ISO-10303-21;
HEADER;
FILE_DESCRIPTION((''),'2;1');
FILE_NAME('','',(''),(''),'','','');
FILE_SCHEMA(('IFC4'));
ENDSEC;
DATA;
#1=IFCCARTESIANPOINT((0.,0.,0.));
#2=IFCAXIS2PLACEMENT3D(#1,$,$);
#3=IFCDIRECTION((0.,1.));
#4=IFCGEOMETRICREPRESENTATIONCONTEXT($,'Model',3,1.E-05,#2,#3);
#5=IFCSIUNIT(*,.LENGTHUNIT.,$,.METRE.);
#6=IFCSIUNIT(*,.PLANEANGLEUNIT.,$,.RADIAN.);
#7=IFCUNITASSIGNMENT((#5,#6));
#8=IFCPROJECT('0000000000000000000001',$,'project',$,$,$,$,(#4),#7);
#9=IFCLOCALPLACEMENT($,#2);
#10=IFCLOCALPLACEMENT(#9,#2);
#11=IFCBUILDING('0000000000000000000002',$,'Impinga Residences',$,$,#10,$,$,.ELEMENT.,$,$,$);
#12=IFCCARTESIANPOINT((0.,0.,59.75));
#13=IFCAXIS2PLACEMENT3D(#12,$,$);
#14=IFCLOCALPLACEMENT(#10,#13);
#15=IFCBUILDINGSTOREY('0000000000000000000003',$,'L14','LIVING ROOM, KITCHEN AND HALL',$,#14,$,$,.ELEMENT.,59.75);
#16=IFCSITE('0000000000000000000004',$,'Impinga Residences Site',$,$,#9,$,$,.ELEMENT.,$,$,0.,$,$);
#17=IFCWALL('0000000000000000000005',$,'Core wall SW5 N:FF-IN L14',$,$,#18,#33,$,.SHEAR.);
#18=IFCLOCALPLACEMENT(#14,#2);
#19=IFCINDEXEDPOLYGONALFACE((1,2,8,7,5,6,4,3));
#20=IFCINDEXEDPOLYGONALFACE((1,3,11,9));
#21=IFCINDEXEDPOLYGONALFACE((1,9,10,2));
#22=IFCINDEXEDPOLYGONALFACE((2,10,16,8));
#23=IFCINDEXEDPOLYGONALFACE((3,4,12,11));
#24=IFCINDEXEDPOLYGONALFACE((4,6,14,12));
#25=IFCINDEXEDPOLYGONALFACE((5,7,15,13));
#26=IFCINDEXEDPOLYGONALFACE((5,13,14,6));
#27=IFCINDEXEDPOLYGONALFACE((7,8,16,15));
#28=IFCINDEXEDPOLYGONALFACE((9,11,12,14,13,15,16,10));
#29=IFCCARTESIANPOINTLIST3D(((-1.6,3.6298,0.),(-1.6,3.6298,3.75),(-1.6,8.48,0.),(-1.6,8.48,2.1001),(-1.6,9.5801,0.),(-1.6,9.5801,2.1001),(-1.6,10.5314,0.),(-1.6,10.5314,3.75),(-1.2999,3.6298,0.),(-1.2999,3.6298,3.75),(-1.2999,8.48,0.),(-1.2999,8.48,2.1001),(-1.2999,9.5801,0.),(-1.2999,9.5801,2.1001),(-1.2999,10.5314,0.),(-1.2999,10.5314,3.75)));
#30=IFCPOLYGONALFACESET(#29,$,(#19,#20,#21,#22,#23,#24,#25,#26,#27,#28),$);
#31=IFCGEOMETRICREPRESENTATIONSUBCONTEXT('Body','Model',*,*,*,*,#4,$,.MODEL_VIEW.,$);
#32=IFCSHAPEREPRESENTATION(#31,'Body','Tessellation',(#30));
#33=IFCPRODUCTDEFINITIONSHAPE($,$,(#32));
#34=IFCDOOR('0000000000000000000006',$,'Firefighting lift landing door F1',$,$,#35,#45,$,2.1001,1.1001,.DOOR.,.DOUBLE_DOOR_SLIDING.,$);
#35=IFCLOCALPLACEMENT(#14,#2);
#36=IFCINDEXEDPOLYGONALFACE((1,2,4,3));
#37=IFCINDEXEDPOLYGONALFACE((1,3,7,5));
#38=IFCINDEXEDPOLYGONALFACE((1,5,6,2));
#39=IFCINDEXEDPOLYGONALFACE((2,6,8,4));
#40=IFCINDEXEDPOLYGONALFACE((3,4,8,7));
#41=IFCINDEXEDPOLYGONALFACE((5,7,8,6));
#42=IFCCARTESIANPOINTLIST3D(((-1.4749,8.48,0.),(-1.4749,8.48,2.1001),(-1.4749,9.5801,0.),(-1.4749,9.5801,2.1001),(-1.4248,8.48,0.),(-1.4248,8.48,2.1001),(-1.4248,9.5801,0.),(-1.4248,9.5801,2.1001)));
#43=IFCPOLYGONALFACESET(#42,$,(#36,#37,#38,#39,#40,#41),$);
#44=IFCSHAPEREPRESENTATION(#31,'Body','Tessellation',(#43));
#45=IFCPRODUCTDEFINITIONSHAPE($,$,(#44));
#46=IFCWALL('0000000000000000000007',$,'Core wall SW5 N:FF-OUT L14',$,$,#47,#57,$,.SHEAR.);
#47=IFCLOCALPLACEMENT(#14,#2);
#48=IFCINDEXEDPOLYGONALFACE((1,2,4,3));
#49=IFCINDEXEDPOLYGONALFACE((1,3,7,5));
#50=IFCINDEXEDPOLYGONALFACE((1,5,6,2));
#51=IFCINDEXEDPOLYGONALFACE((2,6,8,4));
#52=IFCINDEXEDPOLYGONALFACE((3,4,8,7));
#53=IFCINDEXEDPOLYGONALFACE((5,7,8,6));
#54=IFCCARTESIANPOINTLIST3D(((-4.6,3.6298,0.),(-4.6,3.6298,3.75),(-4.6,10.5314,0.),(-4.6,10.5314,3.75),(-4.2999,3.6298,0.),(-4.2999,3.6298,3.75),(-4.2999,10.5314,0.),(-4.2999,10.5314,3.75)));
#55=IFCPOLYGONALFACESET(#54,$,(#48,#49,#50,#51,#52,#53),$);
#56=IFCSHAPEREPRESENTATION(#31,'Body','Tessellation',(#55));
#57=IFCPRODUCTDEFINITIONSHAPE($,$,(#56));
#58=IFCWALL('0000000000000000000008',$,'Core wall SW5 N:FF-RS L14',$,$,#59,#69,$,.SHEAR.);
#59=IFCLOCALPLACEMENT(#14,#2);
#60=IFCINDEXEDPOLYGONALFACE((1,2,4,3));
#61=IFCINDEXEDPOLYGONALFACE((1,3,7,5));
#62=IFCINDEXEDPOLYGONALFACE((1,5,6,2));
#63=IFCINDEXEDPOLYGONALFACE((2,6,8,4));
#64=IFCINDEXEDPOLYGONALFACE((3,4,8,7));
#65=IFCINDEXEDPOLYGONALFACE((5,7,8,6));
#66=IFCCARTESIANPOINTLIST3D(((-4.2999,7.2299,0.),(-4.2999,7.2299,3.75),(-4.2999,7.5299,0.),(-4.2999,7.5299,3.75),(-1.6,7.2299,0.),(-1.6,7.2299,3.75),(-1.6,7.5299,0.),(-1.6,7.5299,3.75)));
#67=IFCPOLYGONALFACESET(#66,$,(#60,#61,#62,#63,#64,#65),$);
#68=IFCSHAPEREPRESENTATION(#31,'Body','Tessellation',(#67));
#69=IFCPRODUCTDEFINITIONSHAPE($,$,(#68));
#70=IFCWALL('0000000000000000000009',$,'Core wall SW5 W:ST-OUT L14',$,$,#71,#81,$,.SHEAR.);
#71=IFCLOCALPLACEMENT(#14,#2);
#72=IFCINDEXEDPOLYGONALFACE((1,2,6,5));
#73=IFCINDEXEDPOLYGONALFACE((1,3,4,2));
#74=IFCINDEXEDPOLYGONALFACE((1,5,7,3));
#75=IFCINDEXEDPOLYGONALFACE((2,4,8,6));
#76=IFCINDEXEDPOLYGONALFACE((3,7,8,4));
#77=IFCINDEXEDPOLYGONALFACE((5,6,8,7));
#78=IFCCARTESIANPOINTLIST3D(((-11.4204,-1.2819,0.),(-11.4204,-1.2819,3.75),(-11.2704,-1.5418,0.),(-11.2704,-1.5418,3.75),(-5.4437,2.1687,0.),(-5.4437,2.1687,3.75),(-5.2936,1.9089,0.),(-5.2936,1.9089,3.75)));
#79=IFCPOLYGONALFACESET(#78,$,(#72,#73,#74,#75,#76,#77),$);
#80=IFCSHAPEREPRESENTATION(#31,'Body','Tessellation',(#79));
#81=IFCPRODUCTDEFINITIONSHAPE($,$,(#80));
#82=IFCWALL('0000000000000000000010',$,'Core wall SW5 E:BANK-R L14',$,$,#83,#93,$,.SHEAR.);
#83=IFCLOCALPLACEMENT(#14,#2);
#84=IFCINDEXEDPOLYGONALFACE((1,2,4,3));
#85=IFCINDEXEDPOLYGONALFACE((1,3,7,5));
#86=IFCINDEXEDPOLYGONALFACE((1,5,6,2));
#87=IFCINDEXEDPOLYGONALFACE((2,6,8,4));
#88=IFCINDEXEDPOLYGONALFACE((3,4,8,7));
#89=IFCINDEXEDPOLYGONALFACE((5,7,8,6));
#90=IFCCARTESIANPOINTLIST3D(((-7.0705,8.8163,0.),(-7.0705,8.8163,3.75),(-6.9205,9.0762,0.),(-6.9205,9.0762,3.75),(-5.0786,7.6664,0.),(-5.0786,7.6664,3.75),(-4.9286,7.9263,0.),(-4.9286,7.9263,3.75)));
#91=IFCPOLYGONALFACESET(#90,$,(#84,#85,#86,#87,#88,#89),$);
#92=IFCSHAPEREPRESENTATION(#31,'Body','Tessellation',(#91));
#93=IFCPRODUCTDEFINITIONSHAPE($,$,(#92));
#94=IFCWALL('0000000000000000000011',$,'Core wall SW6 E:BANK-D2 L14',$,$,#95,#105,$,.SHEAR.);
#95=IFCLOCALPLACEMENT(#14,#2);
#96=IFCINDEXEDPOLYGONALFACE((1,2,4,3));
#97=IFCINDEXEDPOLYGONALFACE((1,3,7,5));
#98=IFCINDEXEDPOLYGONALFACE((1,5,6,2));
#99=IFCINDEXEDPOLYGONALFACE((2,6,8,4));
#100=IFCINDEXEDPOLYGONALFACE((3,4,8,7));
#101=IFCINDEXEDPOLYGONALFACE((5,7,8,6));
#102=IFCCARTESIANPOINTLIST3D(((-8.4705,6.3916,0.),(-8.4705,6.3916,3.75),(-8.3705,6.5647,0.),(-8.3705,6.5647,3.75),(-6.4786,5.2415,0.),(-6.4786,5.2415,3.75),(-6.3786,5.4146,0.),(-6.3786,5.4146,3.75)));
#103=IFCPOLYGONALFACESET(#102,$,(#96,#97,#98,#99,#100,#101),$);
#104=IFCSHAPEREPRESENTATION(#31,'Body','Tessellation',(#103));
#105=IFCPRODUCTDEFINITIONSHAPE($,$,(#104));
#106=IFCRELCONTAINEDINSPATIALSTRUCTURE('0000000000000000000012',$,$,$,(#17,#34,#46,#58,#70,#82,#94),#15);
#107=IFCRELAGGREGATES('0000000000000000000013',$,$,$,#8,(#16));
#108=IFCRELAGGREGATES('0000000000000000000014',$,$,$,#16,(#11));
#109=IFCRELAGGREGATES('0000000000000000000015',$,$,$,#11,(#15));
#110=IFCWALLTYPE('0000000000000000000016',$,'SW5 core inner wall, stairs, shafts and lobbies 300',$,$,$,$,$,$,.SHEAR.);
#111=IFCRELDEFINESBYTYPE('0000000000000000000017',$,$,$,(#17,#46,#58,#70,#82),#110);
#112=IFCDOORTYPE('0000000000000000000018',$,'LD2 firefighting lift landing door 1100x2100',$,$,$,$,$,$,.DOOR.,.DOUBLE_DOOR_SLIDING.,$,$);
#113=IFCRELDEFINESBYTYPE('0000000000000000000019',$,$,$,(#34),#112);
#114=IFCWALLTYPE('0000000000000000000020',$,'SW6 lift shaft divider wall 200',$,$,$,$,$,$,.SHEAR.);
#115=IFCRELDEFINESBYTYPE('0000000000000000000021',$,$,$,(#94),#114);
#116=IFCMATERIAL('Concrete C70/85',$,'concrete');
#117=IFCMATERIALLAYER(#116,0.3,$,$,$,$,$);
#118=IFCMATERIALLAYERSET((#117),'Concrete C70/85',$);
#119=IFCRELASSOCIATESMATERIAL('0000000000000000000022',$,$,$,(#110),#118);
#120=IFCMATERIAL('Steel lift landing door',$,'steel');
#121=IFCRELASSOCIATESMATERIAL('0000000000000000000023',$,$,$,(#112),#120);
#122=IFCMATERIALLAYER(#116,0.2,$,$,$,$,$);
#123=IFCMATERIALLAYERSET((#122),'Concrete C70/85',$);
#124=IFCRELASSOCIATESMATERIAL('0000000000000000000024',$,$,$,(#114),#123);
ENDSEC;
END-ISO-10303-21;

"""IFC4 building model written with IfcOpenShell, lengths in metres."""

from ifc_helpers import new_model, si_unit, direction, frame, frame_2d, origin, place, context, subcontext, project, spatial, rectangle, extrude, material, layer, layer_set, type_object, element, fill, save


model = new_model("IFC4")

# Units and contexts
model_context = context("Model", 3, precision=1e-05, world=origin(), true_north=direction((0.0, 1.0)))
body_context = subcontext(model_context, "Body", "Model", "MODEL_VIEW")
ifc_project = project(units=[si_unit("LENGTHUNIT", "METRE"), si_unit("PLANEANGLEUNIT", "RADIAN")], contexts=[model_context])

# Site, building, storey
site_placement = place(None, origin())
site = spatial("IfcSite", under=ifc_project, at=site_placement, Name="Impinga Residences Site", CompositionType="ELEMENT", RefElevation=0.0)
building_placement = place(site_placement, origin())
building = spatial("IfcBuilding", under=site, at=building_placement, Name="Impinga Residences", CompositionType="ELEMENT")
storey_placement = place(building_placement, frame((0.0, 0.0, 59.75)))
storey = spatial("IfcBuildingStorey", under=building, at=storey_placement, Name="L14", Description="LIVING ROOM, KITCHEN AND HALL", CompositionType="ELEMENT", Elevation=59.75)

# Shared definitions
ifc_material_1 = material(Name="Concrete C70/85", Category="concrete")

# Shared definitions
ifc_layer_1 = layer(ifc_material_1, 0.3)
ifc_layer_set_1 = layer_set([ifc_layer_1], Name="Concrete C70/85")
wall_type_1 = type_object("IfcWallType", Name="SW5 core inner wall, stairs, shafts and lobbies 300", PredefinedType="SHEAR", material=ifc_layer_set_1)

# Wall, opening, door
wall_1_placement = place(storey_placement, frame((-1.45, 3.6299, 0.0), z_axis=(0.0, 0.0, 1.0), x_axis=(0.0, 1.0, 0.0)))
wall_1 = element("IfcWall", 1, at=wall_1_placement, inside=storey, type_object=wall_type_1, Name="Core wall SW5 N:FF-IN L14", PredefinedType="SHEAR", context=body_context, shape_type="SweptSolid", body=[
    extrude(rectangle(XDim=6.9016, YDim=0.3, at=frame_2d((3.4507, 0.0))), origin(), (0.0, 0.0, 1.0), 3.75),
])
opening_1_placement = place(wall_1_placement, frame((4.8501, 0.0, 0.0)))
opening_1 = element("IfcOpeningElement", 2, at=opening_1_placement, cuts=wall_1, PredefinedType="OPENING", context=body_context, shape_type="SweptSolid", body=[
    extrude(rectangle(XDim=1.1001, YDim=2.1001, at=frame_2d((0.55, 1.05))), frame((0.0, 0.1599, 0.0), z_axis=(0.0, -1.0, 0.0), x_axis=(1.0, 0.0, 0.0)), (0.0, 0.0, 1.0), 0.3201),
])
ifc_material_2 = material(Name="Steel lift landing door", Category="steel")
door_type_1 = type_object("IfcDoorType", Name="LD2 firefighting lift landing door 1100x2100", OperationType="DOUBLE_DOOR_SLIDING", PredefinedType="DOOR", material=ifc_material_2)
door_1_placement = place(opening_1_placement, origin())
door_1 = element("IfcDoor", 3, at=door_1_placement, inside=storey, type_object=door_type_1, Name="Firefighting lift landing door F1", OperationType="DOUBLE_DOOR_SLIDING", OverallHeight=2.1001, OverallWidth=1.1001, PredefinedType="DOOR", context=body_context, shape_type="SweptSolid", body=[
    extrude(rectangle(XDim=1.1001, YDim=2.1001, at=frame_2d((0.55, 1.05))), frame((0.0, 0.0249, 0.0), z_axis=(0.0, -1.0, 0.0), x_axis=(1.0, 0.0, 0.0)), (0.0, 0.0, 1.0), 0.05),
])
fill(opening_1, door_1)

# Walls
wall_2_placement = place(storey_placement, frame((-4.45, 3.6299, 0.0), z_axis=(0.0, 0.0, 1.0), x_axis=(0.0, 1.0, 0.0)))
element("IfcWall", 4, at=wall_2_placement, inside=storey, type_object=wall_type_1, Name="Core wall SW5 N:FF-OUT L14", PredefinedType="SHEAR", context=body_context, shape_type="SweptSolid", body=[
    extrude(rectangle(XDim=6.9016, YDim=0.3, at=frame_2d((3.4507, 0.0))), origin(), (0.0, 0.0, 1.0), 3.75),
])
wall_3_placement = place(storey_placement, frame((-4.3, 7.3799, 0.0), z_axis=(0.0, 0.0, 1.0), x_axis=(1.0, 0.0, 0.0)))
element("IfcWall", 5, at=wall_3_placement, inside=storey, type_object=wall_type_1, Name="Core wall SW5 N:FF-RS L14", PredefinedType="SHEAR", context=body_context, shape_type="SweptSolid", body=[
    extrude(rectangle(XDim=2.7, YDim=0.3, at=frame_2d((1.3501, 0.0))), origin(), (0.0, 0.0, 1.0), 3.75),
])
wall_4_placement = place(storey_placement, frame((-5.3687, 2.0388, 0.0), z_axis=(0.0, 0.0, 1.0), x_axis=(-0.866027, -0.499997, 0.0)))
element("IfcWall", 6, at=wall_4_placement, inside=storey, type_object=wall_type_1, Name="Core wall SW5 W:ST-OUT L14", PredefinedType="SHEAR", context=body_context, shape_type="SweptSolid", body=[
    extrude(rectangle(XDim=6.9014, YDim=0.3, at=frame_2d((3.4507, 0.0))), origin(), (0.0, 0.0, 1.0), 3.75),
])
wall_5_placement = place(storey_placement, frame((-5.0037, 7.7964, 0.0), z_axis=(0.0, 0.0, 1.0), x_axis=(-0.866053, 0.499952, 0.0)))
element("IfcWall", 7, at=wall_5_placement, inside=storey, type_object=wall_type_1, Name="Core wall SW5 E:BANK-R L14", PredefinedType="SHEAR", context=body_context, shape_type="SweptSolid", body=[
    extrude(rectangle(XDim=2.3, YDim=0.3, at=frame_2d((1.1499, 0.0))), origin(), (0.0, 0.0, 1.0), 3.75),
])
ifc_layer_2 = layer(ifc_material_1, 0.2)
ifc_layer_set_2 = layer_set([ifc_layer_2], Name="Concrete C70/85")
wall_type_2 = type_object("IfcWallType", Name="SW6 lift shaft divider wall 200", PredefinedType="SHEAR", material=ifc_layer_set_2)
wall_6_placement = place(storey_placement, frame((-6.4287, 5.3281, 0.0), z_axis=(0.0, 0.0, 1.0), x_axis=(-0.866007, 0.500032, 0.0)))
element("IfcWall", 8, at=wall_6_placement, inside=storey, type_object=wall_type_2, Name="Core wall SW6 E:BANK-D2 L14", PredefinedType="SHEAR", context=body_context, shape_type="SweptSolid", body=[
    extrude(rectangle(XDim=2.3, YDim=0.2, at=frame_2d((1.1499, 0.0))), origin(), (0.0, 0.0, 1.0), 3.75),
])

save(model, "model.ifc")
